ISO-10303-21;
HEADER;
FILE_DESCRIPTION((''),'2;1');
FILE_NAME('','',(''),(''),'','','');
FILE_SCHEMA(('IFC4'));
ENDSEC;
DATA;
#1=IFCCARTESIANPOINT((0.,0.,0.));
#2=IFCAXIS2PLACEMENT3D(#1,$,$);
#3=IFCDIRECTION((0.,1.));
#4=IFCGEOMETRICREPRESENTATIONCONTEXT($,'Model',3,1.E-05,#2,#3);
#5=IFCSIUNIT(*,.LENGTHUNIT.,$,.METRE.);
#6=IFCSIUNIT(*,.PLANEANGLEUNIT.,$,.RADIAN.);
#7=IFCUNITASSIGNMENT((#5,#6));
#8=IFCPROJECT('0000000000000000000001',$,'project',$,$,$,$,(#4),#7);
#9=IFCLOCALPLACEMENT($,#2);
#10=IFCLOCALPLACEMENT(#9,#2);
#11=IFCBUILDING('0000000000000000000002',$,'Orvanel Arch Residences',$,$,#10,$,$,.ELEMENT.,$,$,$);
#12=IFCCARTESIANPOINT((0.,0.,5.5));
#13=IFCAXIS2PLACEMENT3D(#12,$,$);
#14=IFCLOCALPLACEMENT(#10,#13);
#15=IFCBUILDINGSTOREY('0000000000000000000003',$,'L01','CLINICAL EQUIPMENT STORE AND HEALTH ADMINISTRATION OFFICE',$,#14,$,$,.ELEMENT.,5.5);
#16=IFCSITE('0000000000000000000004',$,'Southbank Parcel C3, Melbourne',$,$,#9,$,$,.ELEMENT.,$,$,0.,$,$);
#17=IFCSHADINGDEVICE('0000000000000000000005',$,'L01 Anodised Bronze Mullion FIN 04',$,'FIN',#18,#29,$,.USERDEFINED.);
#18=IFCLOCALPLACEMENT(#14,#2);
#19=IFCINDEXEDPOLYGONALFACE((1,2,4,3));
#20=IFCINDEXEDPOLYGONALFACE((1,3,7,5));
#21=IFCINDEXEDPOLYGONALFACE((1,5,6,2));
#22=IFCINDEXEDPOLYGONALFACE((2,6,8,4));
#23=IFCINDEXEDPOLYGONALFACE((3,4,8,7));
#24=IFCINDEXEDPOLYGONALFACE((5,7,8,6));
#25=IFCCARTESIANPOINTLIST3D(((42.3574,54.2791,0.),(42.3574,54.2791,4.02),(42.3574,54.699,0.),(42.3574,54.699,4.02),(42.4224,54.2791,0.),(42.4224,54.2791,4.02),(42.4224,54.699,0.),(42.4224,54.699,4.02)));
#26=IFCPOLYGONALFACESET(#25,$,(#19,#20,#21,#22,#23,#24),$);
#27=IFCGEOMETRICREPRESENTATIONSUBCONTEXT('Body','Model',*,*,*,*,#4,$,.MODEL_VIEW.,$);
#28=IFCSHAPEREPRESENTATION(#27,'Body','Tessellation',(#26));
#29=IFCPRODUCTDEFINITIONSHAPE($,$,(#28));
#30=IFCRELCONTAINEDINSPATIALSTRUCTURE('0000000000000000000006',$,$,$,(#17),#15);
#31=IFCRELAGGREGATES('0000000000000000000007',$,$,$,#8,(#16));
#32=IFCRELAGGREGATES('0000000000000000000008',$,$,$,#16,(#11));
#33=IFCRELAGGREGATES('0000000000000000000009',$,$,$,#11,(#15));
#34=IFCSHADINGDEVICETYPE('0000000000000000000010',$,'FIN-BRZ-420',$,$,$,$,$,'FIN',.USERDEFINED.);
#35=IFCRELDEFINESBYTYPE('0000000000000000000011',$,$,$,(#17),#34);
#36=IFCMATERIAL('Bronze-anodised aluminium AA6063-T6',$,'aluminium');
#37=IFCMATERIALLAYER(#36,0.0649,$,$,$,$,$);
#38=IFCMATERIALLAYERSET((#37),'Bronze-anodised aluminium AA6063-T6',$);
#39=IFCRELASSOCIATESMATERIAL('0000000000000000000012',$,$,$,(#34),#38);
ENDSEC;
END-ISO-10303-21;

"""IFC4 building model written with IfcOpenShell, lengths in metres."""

from ifc_helpers import new_model, si_unit, direction, frame, origin, origin_2d, place, context, subcontext, project, spatial, rectangle, extrude, material, layer, layer_set, type_object, element, save


model = new_model("IFC4")

# Units and contexts
model_context = context("Model", 3, precision=1e-05, world=origin(), true_north=direction((0.0, 1.0)))
body_context = subcontext(model_context, "Body", "Model", "MODEL_VIEW")
ifc_project = project(units=[si_unit("LENGTHUNIT", "METRE"), si_unit("PLANEANGLEUNIT", "RADIAN")], contexts=[model_context])

# Site, building, storey
site_placement = place(None, origin())
site = spatial("IfcSite", under=ifc_project, at=site_placement, Name="Southbank Parcel C3, Melbourne", CompositionType="ELEMENT", RefElevation=0.0)
building_placement = place(site_placement, origin())
building = spatial("IfcBuilding", under=site, at=building_placement, Name="Orvanel Arch Residences", CompositionType="ELEMENT")
storey_placement = place(building_placement, frame((0.0, 0.0, 5.5)))
storey = spatial("IfcBuildingStorey", under=building, at=storey_placement, Name="L01", Description="CLINICAL EQUIPMENT STORE AND HEALTH ADMINISTRATION OFFICE", CompositionType="ELEMENT", Elevation=5.5)

# Shared definitions
ifc_material_1 = material(Name="Bronze-anodised aluminium AA6063-T6", Category="aluminium")

# Shading device
ifc_layer_1 = layer(ifc_material_1, 0.0649)
ifc_layer_set_1 = layer_set([ifc_layer_1], Name="Bronze-anodised aluminium AA6063-T6")
shading_device_type = type_object("IfcShadingDeviceType", Name="FIN-BRZ-420", ElementType="FIN", PredefinedType="USERDEFINED", material=ifc_layer_set_1)
for number, where, z_axis, x_axis, name in (
    (1, (42.3899, 54.489, 0.0), (0.0, 0.0, 1.0), (0.0, 1.0, 0.0), "L01 Anodised Bronze Mullion FIN 04"),
):
    element("IfcShadingDevice", number, at=place(storey_placement, frame(where, z_axis=z_axis, x_axis=x_axis)), inside=storey, type_object=shading_device_type, Name=name, ObjectType="FIN", PredefinedType="USERDEFINED", context=body_context, shape_type="SweptSolid", body=[
        extrude(rectangle(XDim=0.4199, YDim=0.0649, at=origin_2d()), origin(), (0.0, 0.0, 1.0), 4.02),
    ])

save(model, "model.ifc")
